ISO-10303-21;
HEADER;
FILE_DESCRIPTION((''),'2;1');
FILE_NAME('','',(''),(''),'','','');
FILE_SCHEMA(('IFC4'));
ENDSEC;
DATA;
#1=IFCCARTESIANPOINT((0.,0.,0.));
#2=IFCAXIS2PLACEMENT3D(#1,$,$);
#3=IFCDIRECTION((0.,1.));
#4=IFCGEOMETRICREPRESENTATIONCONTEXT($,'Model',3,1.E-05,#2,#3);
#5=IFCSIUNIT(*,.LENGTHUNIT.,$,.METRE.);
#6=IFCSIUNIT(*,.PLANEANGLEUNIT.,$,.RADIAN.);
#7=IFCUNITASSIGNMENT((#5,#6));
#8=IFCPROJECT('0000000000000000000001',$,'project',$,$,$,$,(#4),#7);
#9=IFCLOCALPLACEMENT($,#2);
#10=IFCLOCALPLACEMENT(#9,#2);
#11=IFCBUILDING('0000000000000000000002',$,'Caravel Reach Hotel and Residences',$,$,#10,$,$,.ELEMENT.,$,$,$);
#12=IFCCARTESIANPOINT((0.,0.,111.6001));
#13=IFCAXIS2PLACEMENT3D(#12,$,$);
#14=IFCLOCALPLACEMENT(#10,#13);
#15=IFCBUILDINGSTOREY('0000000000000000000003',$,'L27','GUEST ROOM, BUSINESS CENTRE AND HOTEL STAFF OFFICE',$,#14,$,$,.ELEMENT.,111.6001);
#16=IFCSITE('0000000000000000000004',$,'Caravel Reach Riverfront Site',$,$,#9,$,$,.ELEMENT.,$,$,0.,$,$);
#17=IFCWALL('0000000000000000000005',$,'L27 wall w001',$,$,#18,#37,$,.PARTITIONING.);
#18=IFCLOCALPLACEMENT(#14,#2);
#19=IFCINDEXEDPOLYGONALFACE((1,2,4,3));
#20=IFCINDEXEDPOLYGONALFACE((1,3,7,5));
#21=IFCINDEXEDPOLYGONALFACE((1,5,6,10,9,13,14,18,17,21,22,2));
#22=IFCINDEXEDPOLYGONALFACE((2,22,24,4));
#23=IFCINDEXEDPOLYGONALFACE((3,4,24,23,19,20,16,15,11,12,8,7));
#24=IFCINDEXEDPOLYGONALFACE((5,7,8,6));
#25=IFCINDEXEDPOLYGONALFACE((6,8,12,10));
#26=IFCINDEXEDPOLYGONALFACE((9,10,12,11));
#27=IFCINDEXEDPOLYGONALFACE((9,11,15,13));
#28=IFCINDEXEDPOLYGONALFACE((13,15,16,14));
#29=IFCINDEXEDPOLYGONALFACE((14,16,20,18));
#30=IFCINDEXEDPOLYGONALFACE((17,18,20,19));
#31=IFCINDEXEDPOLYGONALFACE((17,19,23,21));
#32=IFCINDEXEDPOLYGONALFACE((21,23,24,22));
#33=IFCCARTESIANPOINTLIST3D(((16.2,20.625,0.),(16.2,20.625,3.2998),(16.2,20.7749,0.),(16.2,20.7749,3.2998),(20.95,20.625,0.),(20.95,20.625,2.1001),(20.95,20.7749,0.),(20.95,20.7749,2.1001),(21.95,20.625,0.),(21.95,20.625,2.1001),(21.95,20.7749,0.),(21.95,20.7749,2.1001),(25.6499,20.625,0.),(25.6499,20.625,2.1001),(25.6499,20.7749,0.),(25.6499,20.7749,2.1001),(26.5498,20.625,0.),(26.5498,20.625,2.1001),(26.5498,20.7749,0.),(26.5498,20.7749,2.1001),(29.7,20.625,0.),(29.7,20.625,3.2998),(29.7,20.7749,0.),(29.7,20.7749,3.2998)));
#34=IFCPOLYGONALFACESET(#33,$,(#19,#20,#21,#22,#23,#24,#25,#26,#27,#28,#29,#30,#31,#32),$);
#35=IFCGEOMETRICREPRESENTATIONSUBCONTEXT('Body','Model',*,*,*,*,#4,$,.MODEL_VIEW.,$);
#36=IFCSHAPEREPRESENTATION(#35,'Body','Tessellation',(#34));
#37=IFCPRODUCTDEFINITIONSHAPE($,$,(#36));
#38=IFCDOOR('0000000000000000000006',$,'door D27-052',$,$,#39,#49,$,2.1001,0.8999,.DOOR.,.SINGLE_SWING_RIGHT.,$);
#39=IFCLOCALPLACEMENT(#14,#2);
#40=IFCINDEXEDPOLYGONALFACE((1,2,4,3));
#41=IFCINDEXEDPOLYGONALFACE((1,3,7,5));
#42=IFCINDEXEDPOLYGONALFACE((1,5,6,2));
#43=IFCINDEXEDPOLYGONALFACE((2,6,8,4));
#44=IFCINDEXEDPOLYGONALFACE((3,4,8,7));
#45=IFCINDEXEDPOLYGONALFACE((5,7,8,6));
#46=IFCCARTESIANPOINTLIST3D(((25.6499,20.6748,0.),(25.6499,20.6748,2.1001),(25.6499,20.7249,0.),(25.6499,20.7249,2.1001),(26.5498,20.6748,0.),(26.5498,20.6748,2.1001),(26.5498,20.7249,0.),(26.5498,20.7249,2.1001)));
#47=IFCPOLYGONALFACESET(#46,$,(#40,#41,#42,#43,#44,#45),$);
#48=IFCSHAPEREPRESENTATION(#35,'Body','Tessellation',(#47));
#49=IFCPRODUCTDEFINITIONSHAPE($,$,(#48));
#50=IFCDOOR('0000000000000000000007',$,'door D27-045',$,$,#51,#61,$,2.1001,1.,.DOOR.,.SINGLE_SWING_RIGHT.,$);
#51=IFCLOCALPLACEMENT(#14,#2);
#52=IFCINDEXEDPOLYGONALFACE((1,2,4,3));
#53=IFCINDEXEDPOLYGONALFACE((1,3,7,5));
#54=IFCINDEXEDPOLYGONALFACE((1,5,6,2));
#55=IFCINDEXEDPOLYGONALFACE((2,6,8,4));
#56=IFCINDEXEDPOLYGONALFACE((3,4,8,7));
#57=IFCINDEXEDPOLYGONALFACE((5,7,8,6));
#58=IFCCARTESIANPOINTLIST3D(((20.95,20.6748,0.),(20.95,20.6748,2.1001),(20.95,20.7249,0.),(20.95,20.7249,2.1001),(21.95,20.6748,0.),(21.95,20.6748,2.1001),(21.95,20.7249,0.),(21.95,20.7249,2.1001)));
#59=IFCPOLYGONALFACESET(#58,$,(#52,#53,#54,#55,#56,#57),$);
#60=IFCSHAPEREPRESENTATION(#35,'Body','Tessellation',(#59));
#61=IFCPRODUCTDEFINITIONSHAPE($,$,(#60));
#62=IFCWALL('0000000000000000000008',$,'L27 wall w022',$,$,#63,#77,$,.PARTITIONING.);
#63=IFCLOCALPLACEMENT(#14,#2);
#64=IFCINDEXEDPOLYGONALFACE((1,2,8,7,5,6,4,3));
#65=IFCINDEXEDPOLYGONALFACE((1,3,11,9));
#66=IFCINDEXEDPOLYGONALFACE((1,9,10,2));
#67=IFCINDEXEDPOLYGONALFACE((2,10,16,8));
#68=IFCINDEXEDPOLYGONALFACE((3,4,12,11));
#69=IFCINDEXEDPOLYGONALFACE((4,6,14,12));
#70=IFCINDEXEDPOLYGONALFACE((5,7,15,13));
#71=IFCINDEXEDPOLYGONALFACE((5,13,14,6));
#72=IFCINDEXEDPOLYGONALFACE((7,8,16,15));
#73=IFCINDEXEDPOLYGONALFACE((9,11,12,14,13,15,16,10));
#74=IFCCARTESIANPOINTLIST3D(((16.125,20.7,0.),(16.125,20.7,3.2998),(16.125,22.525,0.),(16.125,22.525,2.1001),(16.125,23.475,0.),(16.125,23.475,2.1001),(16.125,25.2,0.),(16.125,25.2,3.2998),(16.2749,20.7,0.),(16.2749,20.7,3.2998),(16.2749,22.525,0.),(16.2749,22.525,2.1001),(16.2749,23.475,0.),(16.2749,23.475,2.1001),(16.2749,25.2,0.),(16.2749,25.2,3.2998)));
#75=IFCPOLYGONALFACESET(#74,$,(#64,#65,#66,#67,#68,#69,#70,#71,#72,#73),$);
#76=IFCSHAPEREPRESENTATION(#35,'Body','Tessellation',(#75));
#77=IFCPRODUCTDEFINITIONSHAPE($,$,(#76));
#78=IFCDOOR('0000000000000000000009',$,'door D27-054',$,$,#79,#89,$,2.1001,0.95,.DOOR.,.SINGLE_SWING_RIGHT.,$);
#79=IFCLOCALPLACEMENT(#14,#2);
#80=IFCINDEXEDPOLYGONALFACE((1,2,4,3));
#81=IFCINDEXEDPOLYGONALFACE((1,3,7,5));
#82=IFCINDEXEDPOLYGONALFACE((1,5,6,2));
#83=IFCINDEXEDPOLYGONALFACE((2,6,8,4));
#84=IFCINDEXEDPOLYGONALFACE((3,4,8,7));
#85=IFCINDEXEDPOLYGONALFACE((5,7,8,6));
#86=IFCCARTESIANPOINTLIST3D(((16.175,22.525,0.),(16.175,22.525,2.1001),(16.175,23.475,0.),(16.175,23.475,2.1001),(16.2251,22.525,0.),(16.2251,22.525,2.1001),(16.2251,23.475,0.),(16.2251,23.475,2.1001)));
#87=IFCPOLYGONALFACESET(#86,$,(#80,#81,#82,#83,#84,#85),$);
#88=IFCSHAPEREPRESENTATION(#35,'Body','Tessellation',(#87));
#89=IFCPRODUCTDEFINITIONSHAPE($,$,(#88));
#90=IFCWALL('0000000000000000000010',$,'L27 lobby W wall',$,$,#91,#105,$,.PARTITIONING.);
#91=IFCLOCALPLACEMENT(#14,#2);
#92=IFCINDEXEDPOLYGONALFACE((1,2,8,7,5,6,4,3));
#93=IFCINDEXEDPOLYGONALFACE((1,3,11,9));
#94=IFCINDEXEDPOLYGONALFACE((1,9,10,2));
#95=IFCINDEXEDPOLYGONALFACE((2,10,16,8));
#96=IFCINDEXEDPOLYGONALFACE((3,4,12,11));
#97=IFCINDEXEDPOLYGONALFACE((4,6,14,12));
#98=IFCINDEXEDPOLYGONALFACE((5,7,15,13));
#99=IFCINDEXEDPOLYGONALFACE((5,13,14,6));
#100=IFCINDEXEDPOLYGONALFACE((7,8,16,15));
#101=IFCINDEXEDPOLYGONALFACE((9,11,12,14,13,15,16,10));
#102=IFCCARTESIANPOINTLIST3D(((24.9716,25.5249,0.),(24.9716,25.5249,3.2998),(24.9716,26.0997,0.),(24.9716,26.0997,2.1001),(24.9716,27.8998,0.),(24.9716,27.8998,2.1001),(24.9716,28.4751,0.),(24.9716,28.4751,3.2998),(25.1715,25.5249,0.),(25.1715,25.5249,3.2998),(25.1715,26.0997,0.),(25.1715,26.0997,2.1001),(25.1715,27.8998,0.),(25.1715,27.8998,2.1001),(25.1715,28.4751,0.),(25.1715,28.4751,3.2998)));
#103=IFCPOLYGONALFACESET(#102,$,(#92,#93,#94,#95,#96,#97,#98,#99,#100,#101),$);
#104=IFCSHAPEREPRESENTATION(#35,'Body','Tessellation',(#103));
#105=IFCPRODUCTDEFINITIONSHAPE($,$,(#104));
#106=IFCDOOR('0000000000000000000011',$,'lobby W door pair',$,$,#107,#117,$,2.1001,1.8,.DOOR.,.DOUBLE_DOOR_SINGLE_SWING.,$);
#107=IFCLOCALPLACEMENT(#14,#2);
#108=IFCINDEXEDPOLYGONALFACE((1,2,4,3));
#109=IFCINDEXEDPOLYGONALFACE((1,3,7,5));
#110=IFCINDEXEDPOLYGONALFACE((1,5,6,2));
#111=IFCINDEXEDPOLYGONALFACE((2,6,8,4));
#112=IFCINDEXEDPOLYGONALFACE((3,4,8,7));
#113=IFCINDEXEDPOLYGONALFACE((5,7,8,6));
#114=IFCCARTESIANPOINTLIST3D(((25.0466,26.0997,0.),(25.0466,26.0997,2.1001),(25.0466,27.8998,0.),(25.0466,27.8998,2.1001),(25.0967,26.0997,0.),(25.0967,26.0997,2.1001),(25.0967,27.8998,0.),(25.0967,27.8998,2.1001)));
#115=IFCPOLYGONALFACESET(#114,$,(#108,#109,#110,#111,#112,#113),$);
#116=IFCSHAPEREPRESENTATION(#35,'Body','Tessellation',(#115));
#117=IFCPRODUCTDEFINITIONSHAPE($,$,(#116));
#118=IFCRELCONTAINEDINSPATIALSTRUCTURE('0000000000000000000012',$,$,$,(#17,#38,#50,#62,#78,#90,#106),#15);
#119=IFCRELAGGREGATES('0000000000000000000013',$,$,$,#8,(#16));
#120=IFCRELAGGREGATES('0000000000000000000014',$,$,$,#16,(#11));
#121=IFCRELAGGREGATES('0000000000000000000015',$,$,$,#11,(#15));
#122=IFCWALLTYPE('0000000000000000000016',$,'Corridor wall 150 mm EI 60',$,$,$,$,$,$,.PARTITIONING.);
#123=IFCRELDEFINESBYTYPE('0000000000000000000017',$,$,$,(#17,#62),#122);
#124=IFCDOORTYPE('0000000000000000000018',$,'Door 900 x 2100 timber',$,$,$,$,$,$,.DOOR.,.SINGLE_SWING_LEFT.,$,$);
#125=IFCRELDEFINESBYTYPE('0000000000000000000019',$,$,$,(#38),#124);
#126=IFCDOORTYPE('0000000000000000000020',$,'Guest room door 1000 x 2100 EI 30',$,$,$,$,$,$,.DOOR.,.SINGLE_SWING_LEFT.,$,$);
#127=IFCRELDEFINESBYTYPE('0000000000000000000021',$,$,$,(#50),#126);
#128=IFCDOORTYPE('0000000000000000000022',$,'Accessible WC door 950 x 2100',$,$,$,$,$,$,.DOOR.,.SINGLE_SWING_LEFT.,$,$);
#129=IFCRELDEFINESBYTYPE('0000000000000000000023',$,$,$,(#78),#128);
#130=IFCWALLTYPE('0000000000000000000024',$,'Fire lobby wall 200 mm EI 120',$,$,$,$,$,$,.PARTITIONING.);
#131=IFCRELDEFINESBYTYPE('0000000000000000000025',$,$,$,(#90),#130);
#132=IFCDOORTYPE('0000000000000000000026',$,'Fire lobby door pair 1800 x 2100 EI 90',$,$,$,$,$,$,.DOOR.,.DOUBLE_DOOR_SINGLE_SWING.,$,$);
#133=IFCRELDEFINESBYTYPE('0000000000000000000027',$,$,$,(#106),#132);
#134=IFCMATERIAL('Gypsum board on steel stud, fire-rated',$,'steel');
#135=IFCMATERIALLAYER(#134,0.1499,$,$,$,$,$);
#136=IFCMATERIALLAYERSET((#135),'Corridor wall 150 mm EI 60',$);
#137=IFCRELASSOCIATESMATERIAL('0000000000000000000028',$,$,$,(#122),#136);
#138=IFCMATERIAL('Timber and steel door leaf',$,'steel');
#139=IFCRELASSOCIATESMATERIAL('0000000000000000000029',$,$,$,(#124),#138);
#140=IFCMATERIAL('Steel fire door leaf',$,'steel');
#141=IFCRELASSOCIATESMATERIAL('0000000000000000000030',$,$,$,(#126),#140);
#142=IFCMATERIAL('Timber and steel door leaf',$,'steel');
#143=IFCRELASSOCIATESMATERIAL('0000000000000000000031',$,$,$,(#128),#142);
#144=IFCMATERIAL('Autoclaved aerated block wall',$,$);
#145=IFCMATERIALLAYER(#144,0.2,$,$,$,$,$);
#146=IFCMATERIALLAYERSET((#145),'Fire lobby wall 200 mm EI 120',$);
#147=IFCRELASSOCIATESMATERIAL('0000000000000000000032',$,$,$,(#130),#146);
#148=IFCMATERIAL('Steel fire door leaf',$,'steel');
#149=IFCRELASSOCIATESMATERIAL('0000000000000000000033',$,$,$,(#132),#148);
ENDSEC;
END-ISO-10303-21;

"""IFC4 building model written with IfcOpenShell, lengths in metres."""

from ifc_helpers import new_model, si_unit, direction, frame, frame_2d, origin, place, context, subcontext, project, spatial, rectangle, extrude, material, layer, layer_set, type_object, element, fill, save


model = new_model("IFC4")

# Units and contexts
model_context = context("Model", 3, precision=1e-05, world=origin(), true_north=direction((0.0, 1.0)))
body_context = subcontext(model_context, "Body", "Model", "MODEL_VIEW")
ifc_project = project(units=[si_unit("LENGTHUNIT", "METRE"), si_unit("PLANEANGLEUNIT", "RADIAN")], contexts=[model_context])

# Site, building, storey
site_placement = place(None, origin())
site = spatial("IfcSite", under=ifc_project, at=site_placement, Name="Caravel Reach Riverfront Site", CompositionType="ELEMENT", RefElevation=0.0)
building_placement = place(site_placement, origin())
building = spatial("IfcBuilding", under=site, at=building_placement, Name="Caravel Reach Hotel and Residences", CompositionType="ELEMENT")
storey_placement = place(building_placement, frame((0.0, 0.0, 111.6001)))
storey = spatial("IfcBuildingStorey", under=building, at=storey_placement, Name="L27", Description="GUEST ROOM, BUSINESS CENTRE AND HOTEL STAFF OFFICE", CompositionType="ELEMENT", Elevation=111.6001)

# Wall, openings, doors
ifc_material_1 = material(Name="Gypsum board on steel stud, fire-rated", Category="steel")
ifc_layer_1 = layer(ifc_material_1, 0.1499)
ifc_layer_set_1 = layer_set([ifc_layer_1], Name="Corridor wall 150 mm EI 60")
wall_type_1 = type_object("IfcWallType", Name="Corridor wall 150 mm EI 60", PredefinedType="PARTITIONING", material=ifc_layer_set_1)
wall_1_placement = place(storey_placement, frame((16.2, 20.7, 0.0), z_axis=(0.0, 0.0, 1.0), x_axis=(1.0, 0.0, 0.0)))
wall_1 = element("IfcWall", 1, at=wall_1_placement, inside=storey, type_object=wall_type_1, Name="L27 wall w001", PredefinedType="PARTITIONING", context=body_context, shape_type="SweptSolid", body=[
    extrude(rectangle(XDim=13.5, YDim=0.1499, at=frame_2d((6.75, 0.0))), origin(), (0.0, 0.0, 1.0), 3.2998),
])
opening_1_placement = place(wall_1_placement, frame((4.75, 0.0, 0.0)))
opening_1 = element("IfcOpeningElement", 2, at=opening_1_placement, cuts=wall_1, PredefinedType="OPENING", context=body_context, shape_type="SweptSolid", body=[
    extrude(rectangle(XDim=1.0, YDim=2.1001, at=frame_2d((0.5, 1.05))), frame((0.0, 0.085, 0.0), z_axis=(0.0, -1.0, 0.0), x_axis=(1.0, 0.0, 0.0)), (0.0, 0.0, 1.0), 0.1699),
])
opening_2_placement = place(wall_1_placement, frame((9.45, 0.0, 0.0)))
opening_2 = element("IfcOpeningElement", 3, at=opening_2_placement, cuts=wall_1, PredefinedType="OPENING", context=body_context, shape_type="SweptSolid", body=[
    extrude(rectangle(XDim=0.8999, YDim=2.1001, at=frame_2d((0.45, 1.05))), frame((0.0, 0.085, 0.0), z_axis=(0.0, -1.0, 0.0), x_axis=(1.0, 0.0, 0.0)), (0.0, 0.0, 1.0), 0.1699),
])
ifc_material_2 = material(Name="Timber and steel door leaf", Category="steel")
door_type_1 = type_object("IfcDoorType", Name="Door 900 x 2100 timber", OperationType="SINGLE_SWING_LEFT", PredefinedType="DOOR", material=ifc_material_2)
door_1_placement = place(opening_2_placement, origin())
door_1 = element("IfcDoor", 4, at=door_1_placement, inside=storey, type_object=door_type_1, Name="door D27-052", OperationType="SINGLE_SWING_RIGHT", OverallHeight=2.1001, OverallWidth=0.8999, PredefinedType="DOOR", context=body_context, shape_type="SweptSolid", body=[
    extrude(rectangle(XDim=0.8999, YDim=2.1001, at=frame_2d((0.45, 1.05))), frame((0.0, 0.0249, 0.0), z_axis=(0.0, -1.0, 0.0), x_axis=(1.0, 0.0, 0.0)), (0.0, 0.0, 1.0), 0.05),
])
fill(opening_2, door_1)
ifc_material_3 = material(Name="Steel fire door leaf", Category="steel")
door_type_2 = type_object("IfcDoorType", Name="Guest room door 1000 x 2100 EI 30", OperationType="SINGLE_SWING_LEFT", PredefinedType="DOOR", material=ifc_material_3)
door_2_placement = place(opening_1_placement, origin())
door_2 = element("IfcDoor", 5, at=door_2_placement, inside=storey, type_object=door_type_2, Name="door D27-045", OperationType="SINGLE_SWING_RIGHT", OverallHeight=2.1001, OverallWidth=1.0, PredefinedType="DOOR", context=body_context, shape_type="SweptSolid", body=[
    extrude(rectangle(XDim=1.0, YDim=2.1001, at=frame_2d((0.5, 1.05))), frame((0.0, 0.0249, 0.0), z_axis=(0.0, -1.0, 0.0), x_axis=(1.0, 0.0, 0.0)), (0.0, 0.0, 1.0), 0.05),
])
fill(opening_1, door_2)

# Walls, openings, doors
wall_2_placement = place(storey_placement, frame((16.2, 20.7, 0.0), z_axis=(0.0, 0.0, 1.0), x_axis=(0.0, 1.0, 0.0)))
wall_2 = element("IfcWall", 6, at=wall_2_placement, inside=storey, type_object=wall_type_1, Name="L27 wall w022", PredefinedType="PARTITIONING", context=body_context, shape_type="SweptSolid", body=[
    extrude(rectangle(XDim=4.5, YDim=0.1499, at=frame_2d((2.25, 0.0))), origin(), (0.0, 0.0, 1.0), 3.2998),
])
opening_3_placement = place(wall_2_placement, frame((1.825, 0.0, 0.0)))
opening_3 = element("IfcOpeningElement", 7, at=opening_3_placement, cuts=wall_2, PredefinedType="OPENING", context=body_context, shape_type="SweptSolid", body=[
    extrude(rectangle(XDim=0.95, YDim=2.1001, at=frame_2d((0.4751, 1.05))), frame((0.0, 0.085, 0.0), z_axis=(0.0, -1.0, 0.0), x_axis=(1.0, 0.0, 0.0)), (0.0, 0.0, 1.0), 0.1699),
])
ifc_material_4 = material(Name="Timber and steel door leaf", Category="steel")
door_type_3 = type_object("IfcDoorType", Name="Accessible WC door 950 x 2100", OperationType="SINGLE_SWING_LEFT", PredefinedType="DOOR", material=ifc_material_4)
door_3_placement = place(opening_3_placement, origin())
door_3 = element("IfcDoor", 8, at=door_3_placement, inside=storey, type_object=door_type_3, Name="door D27-054", OperationType="SINGLE_SWING_RIGHT", OverallHeight=2.1001, OverallWidth=0.95, PredefinedType="DOOR", context=body_context, shape_type="SweptSolid", body=[
    extrude(rectangle(XDim=0.95, YDim=2.1001, at=frame_2d((0.4751, 1.05))), frame((0.0, 0.0249, 0.0), z_axis=(0.0, -1.0, 0.0), x_axis=(1.0, 0.0, 0.0)), (0.0, 0.0, 1.0), 0.05),
])
fill(opening_3, door_3)
ifc_material_5 = material(Name="Autoclaved aerated block wall")
ifc_layer_2 = layer(ifc_material_5, 0.2)
ifc_layer_set_2 = layer_set([ifc_layer_2], Name="Fire lobby wall 200 mm EI 120")
wall_type_2 = type_object("IfcWallType", Name="Fire lobby wall 200 mm EI 120", PredefinedType="PARTITIONING", material=ifc_layer_set_2)
wall_3_placement = place(storey_placement, frame((25.0715, 25.5249, 0.0), z_axis=(0.0, 0.0, 1.0), x_axis=(0.0, 1.0, 0.0)))
wall_3 = element("IfcWall", 9, at=wall_3_placement, inside=storey, type_object=wall_type_2, Name="L27 lobby W wall", PredefinedType="PARTITIONING", context=body_context, shape_type="SweptSolid", body=[
    extrude(rectangle(XDim=2.9502, YDim=0.2, at=frame_2d((1.4751, 0.0))), origin(), (0.0, 0.0, 1.0), 3.2998),
])
opening_4_placement = place(wall_3_placement, frame((0.575, 0.0, 0.0)))
opening_4 = element("IfcOpeningElement", 10, at=opening_4_placement, cuts=wall_3, PredefinedType="OPENING", context=body_context, shape_type="SweptSolid", body=[
    extrude(rectangle(XDim=1.8, YDim=2.1001, at=frame_2d((0.8999, 1.05))), frame((0.0, 0.1099, 0.0), z_axis=(0.0, -1.0, 0.0), x_axis=(1.0, 0.0, 0.0)), (0.0, 0.0, 1.0), 0.22),
])
ifc_material_6 = material(Name="Steel fire door leaf", Category="steel")
door_type_4 = type_object("IfcDoorType", Name="Fire lobby door pair 1800 x 2100 EI 90", OperationType="DOUBLE_DOOR_SINGLE_SWING", PredefinedType="DOOR", material=ifc_material_6)
door_4_placement = place(opening_4_placement, origin())
door_4 = element("IfcDoor", 11, at=door_4_placement, inside=storey, type_object=door_type_4, Name="lobby W door pair", OperationType="DOUBLE_DOOR_SINGLE_SWING", OverallHeight=2.1001, OverallWidth=1.8, PredefinedType="DOOR", context=body_context, shape_type="SweptSolid", body=[
    extrude(rectangle(XDim=1.8, YDim=2.1001, at=frame_2d((0.8999, 1.05))), frame((0.0, 0.0249, 0.0), z_axis=(0.0, -1.0, 0.0), x_axis=(1.0, 0.0, 0.0)), (0.0, 0.0, 1.0), 0.05),
])
fill(opening_4, door_4)

save(model, "model.ifc")
